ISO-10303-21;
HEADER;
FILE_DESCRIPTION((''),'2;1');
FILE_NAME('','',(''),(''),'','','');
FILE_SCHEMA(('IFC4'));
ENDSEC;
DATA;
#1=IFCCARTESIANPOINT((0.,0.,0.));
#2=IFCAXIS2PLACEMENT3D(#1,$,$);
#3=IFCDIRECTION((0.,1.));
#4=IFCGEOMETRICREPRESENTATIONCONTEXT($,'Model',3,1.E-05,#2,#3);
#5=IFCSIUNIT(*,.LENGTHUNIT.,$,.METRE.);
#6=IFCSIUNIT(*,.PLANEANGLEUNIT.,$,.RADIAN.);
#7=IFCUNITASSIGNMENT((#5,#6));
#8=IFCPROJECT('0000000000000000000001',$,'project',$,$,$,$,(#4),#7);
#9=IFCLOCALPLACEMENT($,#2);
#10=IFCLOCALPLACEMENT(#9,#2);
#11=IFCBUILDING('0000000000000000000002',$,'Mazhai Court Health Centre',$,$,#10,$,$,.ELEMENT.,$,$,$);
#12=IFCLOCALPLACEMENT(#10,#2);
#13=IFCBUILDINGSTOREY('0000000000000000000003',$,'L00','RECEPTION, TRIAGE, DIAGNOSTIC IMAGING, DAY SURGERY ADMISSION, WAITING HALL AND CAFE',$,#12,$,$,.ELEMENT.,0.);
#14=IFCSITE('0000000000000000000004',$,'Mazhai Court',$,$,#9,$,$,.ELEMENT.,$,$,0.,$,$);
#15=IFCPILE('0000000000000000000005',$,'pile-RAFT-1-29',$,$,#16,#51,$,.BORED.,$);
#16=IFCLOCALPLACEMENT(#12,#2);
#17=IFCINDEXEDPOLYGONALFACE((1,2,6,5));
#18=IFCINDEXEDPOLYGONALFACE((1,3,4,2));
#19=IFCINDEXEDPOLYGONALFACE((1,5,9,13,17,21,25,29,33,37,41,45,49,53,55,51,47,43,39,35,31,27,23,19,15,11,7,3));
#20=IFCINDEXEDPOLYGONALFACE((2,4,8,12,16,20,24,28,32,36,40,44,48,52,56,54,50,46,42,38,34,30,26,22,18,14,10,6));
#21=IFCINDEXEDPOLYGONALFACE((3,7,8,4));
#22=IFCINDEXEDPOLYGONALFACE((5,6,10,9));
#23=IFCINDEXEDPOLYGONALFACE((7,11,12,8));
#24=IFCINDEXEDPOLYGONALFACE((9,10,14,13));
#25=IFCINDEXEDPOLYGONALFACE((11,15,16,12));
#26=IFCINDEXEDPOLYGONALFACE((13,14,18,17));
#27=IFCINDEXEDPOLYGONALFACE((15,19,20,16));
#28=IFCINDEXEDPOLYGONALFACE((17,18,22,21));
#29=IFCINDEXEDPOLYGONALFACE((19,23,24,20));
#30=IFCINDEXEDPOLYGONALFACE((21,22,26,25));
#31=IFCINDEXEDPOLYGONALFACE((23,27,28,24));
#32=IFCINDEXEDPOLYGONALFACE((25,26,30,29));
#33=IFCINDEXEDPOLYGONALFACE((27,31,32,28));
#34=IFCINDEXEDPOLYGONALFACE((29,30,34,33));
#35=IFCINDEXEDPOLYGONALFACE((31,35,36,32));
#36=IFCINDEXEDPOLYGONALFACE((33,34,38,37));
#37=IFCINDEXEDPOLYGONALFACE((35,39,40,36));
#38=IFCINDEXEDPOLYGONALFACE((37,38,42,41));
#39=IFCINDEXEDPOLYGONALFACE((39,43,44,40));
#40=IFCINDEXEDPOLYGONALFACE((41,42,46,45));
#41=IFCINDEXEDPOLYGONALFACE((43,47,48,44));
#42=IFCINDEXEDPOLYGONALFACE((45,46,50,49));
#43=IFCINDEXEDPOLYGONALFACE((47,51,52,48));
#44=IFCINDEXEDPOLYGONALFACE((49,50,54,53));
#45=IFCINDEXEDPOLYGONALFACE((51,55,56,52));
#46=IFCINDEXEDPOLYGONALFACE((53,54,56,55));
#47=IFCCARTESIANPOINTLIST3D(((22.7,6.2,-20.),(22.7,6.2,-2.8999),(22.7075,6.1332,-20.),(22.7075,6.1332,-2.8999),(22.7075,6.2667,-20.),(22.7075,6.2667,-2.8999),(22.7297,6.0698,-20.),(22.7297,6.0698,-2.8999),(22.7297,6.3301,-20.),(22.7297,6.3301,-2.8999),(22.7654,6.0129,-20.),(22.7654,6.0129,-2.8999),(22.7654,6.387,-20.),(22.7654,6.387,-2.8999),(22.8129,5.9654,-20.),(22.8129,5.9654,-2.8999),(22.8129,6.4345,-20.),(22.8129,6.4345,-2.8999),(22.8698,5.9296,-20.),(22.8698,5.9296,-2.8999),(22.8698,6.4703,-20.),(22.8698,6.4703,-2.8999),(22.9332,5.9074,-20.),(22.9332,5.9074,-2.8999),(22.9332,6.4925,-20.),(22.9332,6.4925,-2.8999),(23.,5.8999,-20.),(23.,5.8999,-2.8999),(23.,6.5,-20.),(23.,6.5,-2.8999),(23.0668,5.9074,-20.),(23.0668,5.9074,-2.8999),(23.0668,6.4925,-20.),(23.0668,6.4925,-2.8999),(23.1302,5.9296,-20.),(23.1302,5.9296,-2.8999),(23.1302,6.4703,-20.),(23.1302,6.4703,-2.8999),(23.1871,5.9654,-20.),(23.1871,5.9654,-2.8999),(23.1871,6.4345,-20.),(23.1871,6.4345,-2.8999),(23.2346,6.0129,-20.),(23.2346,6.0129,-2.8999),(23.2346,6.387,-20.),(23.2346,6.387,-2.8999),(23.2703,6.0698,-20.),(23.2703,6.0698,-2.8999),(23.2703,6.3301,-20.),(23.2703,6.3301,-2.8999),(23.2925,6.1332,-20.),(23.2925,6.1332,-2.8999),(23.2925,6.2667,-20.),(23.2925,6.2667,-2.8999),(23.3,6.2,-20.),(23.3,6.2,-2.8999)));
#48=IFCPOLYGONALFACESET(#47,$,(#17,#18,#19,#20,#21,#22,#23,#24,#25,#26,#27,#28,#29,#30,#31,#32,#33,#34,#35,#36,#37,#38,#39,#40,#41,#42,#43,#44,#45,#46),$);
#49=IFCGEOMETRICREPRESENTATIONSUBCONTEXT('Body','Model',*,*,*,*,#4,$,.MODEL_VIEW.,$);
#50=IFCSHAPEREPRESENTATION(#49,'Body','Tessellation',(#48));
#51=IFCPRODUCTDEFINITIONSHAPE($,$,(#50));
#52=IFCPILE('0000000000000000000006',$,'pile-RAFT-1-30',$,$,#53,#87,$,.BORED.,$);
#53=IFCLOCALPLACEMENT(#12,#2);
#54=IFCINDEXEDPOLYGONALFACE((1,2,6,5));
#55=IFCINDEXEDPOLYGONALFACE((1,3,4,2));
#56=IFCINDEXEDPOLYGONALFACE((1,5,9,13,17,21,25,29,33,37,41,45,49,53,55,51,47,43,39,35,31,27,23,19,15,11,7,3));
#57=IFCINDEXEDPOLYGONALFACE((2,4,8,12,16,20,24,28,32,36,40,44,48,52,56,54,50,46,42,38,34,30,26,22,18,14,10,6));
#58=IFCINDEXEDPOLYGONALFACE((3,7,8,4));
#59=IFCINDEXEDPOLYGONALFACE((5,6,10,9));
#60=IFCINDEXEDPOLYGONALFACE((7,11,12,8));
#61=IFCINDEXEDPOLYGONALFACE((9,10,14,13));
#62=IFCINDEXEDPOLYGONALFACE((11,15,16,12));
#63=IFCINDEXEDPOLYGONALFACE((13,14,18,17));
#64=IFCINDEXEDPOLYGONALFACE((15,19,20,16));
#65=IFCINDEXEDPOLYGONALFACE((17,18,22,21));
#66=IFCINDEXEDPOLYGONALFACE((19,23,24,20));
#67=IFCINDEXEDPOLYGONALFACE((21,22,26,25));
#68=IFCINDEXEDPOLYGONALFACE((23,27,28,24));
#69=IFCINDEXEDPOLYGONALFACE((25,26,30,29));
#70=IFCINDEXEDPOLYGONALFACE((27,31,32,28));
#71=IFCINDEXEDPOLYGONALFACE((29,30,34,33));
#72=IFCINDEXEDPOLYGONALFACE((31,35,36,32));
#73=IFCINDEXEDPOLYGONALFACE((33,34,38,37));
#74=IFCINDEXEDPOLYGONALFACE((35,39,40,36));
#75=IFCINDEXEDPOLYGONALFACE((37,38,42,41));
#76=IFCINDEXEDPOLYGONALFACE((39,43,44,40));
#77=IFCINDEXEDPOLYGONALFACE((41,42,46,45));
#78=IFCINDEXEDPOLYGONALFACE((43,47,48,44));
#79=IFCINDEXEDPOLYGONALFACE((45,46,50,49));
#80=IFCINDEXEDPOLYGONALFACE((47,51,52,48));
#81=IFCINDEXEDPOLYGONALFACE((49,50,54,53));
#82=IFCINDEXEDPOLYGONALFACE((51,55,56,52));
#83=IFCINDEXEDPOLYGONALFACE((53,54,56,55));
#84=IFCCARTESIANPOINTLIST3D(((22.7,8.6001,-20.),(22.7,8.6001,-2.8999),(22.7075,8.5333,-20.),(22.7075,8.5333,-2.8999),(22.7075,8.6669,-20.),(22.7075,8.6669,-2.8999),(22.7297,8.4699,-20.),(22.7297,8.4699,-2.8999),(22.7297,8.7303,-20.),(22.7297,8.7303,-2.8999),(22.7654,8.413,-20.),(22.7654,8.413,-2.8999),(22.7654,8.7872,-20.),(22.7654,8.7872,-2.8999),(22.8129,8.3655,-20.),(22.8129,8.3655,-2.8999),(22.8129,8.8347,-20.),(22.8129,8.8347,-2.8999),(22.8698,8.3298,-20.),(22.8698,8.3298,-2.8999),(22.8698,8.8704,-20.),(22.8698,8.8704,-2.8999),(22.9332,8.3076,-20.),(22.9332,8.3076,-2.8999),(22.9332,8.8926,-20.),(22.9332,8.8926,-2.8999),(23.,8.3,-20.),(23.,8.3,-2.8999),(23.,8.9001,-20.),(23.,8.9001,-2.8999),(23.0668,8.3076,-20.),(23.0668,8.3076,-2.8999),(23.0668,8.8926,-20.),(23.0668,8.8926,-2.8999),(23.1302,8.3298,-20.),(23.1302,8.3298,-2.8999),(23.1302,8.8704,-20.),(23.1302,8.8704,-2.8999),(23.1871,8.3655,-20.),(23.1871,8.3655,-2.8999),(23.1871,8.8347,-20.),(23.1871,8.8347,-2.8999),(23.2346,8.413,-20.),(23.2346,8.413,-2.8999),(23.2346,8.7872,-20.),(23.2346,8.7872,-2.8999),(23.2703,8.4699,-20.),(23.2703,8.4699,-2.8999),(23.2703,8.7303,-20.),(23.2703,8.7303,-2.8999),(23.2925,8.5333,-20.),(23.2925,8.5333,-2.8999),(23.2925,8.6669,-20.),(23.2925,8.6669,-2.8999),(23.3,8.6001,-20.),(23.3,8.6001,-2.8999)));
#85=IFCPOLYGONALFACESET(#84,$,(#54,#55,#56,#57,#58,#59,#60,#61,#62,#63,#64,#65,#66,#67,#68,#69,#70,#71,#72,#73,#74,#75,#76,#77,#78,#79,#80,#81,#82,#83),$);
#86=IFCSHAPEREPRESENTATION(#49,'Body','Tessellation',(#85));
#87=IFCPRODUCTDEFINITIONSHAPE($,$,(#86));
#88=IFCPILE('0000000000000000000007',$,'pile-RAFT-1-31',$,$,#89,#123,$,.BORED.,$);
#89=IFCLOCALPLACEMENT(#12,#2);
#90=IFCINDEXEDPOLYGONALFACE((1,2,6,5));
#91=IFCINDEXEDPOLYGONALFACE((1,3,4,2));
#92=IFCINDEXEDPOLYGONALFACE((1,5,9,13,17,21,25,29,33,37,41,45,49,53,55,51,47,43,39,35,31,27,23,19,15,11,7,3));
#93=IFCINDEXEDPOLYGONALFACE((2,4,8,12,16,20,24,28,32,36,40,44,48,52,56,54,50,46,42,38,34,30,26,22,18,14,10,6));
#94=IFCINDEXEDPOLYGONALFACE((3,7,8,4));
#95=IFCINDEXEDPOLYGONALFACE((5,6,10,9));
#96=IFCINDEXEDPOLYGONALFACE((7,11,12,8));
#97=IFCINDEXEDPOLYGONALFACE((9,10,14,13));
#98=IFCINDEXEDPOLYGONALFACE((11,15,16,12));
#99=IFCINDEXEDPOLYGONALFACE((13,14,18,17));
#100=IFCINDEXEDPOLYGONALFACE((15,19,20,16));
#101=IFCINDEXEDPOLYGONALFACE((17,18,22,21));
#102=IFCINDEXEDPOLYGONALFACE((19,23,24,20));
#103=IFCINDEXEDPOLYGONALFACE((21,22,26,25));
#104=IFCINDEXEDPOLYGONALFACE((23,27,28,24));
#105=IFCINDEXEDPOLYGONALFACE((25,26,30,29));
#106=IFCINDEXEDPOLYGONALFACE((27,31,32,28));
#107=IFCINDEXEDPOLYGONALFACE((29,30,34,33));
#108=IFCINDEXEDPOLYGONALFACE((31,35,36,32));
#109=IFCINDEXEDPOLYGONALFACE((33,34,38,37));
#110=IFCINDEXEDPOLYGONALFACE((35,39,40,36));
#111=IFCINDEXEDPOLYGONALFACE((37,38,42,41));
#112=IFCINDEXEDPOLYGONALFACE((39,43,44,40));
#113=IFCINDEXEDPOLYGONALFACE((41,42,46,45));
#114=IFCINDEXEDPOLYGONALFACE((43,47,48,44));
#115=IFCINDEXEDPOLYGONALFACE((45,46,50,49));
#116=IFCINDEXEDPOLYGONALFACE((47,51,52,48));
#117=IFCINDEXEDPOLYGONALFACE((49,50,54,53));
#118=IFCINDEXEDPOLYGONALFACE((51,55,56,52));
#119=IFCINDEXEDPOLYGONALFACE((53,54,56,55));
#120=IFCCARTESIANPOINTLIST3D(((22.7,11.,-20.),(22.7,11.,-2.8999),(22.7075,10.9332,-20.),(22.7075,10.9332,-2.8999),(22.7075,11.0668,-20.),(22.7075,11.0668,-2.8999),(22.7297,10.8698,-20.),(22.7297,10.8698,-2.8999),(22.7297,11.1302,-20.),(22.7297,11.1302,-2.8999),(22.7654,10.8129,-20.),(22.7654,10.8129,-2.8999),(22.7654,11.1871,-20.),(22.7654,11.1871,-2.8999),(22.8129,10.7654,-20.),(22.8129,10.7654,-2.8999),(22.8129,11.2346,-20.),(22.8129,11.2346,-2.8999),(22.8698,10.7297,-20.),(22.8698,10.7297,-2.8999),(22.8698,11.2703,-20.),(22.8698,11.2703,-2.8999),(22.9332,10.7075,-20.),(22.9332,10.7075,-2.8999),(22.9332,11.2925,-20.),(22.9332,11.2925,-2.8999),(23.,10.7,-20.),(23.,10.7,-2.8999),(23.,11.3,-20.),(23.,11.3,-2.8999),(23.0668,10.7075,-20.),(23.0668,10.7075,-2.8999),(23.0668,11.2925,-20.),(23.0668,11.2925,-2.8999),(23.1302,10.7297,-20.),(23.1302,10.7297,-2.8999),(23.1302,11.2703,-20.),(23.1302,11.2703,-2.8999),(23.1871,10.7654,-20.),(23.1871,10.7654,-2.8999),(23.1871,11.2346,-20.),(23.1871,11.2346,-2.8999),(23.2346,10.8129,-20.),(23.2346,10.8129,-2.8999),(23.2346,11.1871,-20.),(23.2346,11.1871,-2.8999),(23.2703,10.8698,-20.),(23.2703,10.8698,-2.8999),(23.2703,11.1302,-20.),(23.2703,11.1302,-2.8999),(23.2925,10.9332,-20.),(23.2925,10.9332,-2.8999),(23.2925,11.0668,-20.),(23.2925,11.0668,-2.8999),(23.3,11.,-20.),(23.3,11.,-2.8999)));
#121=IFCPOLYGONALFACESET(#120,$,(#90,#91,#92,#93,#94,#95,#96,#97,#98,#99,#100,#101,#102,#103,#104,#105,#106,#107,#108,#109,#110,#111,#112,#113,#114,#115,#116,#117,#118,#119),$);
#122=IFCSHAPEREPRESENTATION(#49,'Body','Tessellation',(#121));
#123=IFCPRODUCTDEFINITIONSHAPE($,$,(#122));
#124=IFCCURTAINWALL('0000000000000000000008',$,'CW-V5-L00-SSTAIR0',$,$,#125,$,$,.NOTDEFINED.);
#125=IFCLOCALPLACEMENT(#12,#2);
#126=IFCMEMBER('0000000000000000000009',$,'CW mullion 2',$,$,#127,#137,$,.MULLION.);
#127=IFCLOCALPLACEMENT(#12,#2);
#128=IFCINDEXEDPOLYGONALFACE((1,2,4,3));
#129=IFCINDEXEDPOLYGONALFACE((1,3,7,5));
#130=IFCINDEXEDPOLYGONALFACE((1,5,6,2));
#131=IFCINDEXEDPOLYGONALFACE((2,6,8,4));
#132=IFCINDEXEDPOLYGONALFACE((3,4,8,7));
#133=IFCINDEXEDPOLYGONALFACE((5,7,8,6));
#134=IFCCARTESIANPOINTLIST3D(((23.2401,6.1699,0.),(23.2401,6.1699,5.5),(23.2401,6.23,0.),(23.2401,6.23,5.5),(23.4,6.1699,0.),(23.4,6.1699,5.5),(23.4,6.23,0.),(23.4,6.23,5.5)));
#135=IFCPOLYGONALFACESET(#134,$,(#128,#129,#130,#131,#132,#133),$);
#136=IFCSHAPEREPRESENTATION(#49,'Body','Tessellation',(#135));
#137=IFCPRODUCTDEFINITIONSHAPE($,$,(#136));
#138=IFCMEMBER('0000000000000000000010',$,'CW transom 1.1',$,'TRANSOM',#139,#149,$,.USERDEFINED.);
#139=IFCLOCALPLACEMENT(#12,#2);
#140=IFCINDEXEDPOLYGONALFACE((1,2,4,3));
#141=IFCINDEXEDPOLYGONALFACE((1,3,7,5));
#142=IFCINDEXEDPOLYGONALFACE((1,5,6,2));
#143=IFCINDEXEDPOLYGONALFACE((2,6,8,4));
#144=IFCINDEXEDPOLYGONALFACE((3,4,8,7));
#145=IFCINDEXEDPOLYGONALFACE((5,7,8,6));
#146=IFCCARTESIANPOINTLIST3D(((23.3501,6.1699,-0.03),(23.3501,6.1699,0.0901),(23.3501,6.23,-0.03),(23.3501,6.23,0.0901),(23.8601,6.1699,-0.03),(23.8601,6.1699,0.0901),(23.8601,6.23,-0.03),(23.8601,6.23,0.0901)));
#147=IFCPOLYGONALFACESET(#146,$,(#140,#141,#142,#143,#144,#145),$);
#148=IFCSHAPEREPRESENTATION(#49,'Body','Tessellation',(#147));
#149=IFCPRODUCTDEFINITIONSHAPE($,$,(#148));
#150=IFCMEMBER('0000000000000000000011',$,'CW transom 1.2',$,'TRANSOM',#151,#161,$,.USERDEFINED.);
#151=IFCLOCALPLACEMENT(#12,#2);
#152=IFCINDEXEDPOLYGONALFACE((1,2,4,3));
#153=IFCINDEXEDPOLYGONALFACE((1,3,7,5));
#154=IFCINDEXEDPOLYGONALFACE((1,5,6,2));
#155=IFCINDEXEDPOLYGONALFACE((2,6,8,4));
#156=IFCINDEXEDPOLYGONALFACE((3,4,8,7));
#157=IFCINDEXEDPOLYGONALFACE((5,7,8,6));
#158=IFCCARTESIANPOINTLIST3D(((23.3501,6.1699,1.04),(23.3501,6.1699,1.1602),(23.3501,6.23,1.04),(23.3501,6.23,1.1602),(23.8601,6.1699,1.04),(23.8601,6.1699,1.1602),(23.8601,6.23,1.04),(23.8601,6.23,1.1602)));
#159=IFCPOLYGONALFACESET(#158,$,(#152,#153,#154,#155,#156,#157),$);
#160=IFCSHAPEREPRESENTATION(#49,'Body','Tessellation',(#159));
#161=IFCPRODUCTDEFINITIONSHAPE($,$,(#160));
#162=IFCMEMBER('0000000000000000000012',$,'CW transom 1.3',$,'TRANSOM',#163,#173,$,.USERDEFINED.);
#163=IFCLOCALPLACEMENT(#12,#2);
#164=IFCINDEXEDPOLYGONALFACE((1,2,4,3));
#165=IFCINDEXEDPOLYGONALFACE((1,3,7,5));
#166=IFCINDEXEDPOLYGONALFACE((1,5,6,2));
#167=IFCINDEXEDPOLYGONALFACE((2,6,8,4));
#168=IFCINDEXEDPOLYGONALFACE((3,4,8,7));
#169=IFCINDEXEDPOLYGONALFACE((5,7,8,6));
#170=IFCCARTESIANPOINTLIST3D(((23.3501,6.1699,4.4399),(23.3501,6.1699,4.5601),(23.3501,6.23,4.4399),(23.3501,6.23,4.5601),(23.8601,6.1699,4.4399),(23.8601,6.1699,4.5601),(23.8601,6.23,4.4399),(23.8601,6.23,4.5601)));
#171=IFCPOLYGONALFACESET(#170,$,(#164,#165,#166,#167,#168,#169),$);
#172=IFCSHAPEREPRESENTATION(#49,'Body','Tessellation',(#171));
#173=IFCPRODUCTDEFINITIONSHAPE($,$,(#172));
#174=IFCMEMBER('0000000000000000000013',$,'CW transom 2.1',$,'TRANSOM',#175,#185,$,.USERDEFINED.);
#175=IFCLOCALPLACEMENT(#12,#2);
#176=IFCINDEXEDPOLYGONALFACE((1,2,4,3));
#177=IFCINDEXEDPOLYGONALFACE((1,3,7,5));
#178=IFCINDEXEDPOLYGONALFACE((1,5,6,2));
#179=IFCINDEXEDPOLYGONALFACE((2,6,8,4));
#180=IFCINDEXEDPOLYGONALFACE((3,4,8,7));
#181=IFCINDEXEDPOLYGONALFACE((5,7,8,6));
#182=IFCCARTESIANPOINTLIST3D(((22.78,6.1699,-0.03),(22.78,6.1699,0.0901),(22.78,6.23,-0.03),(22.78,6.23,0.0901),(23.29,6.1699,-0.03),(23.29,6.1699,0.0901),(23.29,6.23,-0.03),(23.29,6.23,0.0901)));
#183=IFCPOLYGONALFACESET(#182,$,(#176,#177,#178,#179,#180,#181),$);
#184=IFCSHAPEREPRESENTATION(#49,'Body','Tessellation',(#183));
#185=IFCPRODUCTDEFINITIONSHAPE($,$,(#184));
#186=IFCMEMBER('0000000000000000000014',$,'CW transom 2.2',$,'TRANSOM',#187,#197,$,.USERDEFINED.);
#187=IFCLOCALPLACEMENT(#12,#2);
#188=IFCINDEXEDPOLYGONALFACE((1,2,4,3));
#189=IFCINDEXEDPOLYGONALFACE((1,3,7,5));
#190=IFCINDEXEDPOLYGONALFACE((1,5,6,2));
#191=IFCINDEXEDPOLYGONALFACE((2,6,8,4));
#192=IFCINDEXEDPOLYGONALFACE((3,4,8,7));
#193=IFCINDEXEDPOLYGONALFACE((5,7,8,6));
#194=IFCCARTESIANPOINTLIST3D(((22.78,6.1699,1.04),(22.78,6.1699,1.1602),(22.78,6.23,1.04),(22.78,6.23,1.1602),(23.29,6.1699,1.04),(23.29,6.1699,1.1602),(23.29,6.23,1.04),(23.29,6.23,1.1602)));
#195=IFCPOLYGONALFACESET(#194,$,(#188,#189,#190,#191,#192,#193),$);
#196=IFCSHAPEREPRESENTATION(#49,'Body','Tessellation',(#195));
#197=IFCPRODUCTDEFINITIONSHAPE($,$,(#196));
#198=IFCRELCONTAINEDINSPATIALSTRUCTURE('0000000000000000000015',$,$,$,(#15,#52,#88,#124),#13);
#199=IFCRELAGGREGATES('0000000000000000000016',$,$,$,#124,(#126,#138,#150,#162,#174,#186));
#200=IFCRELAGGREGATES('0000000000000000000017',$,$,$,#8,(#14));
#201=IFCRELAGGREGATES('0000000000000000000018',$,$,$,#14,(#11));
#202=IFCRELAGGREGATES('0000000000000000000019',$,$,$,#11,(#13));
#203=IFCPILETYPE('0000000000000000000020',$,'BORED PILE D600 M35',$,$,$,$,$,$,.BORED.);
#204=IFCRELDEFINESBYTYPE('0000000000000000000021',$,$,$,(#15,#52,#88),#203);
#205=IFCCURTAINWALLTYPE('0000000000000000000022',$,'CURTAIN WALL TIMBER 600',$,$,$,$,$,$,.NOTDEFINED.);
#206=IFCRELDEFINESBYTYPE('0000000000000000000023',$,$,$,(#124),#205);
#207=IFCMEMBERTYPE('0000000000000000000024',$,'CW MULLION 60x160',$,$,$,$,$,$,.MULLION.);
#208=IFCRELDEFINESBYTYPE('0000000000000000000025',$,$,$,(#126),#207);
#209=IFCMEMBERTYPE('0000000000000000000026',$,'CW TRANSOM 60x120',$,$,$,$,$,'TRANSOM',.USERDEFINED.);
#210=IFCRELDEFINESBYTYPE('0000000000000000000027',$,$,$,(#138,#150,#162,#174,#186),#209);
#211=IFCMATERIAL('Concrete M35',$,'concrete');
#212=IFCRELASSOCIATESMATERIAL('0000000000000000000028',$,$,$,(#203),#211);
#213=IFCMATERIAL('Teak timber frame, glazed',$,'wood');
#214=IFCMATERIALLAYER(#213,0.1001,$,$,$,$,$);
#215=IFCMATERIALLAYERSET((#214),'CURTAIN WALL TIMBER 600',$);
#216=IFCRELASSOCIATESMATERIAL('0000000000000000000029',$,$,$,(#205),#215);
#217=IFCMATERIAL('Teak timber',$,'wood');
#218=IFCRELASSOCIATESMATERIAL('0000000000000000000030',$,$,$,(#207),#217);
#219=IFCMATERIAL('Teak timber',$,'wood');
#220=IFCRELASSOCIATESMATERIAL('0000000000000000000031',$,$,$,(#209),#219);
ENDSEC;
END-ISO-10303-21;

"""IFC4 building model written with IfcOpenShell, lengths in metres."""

from ifc_helpers import new_model, si_unit, direction, frame, origin, origin_2d, place, context, subcontext, project, spatial, rectangle, circle, extrude, material, layer, layer_set, material_profile, profile_set, type_object, element, aggregate, save


model = new_model("IFC4")

# Units and contexts
model_context = context("Model", 3, precision=1e-05, world=origin(), true_north=direction((0.0, 1.0)))
body_context = subcontext(model_context, "Body", "Model", "MODEL_VIEW")
ifc_project = project(units=[si_unit("LENGTHUNIT", "METRE"), si_unit("PLANEANGLEUNIT", "RADIAN")], contexts=[model_context])

# Site, building, storey
site_placement = place(None, origin())
site = spatial("IfcSite", under=ifc_project, at=site_placement, Name="Mazhai Court", CompositionType="ELEMENT", RefElevation=0.0)
building_placement = place(site_placement, origin())
building = spatial("IfcBuilding", under=site, at=building_placement, Name="Mazhai Court Health Centre", CompositionType="ELEMENT")
storey_placement = place(building_placement, origin())
storey = spatial("IfcBuildingStorey", under=building, at=storey_placement, Name="L00", Description="RECEPTION, TRIAGE, DIAGNOSTIC IMAGING, DAY SURGERY ADMISSION, WAITING HALL AND CAFE", CompositionType="ELEMENT", Elevation=0.0)

# Piles
ifc_material_1 = material(Name="Concrete M35", Category="concrete")
ifc_material_profile_1 = material_profile(ifc_material_1, circle(Radius=0.3, at=origin_2d()), Name="RC PILE D600")
ifc_profile_set_1 = profile_set([ifc_material_profile_1], Name="Concrete M35")
pile_type = type_object("IfcPileType", Name="BORED PILE D600 M35", PredefinedType="BORED", material=ifc_profile_set_1)
for number, where, z_axis, x_axis, name in (
    (1, (23.0, 6.2, -2.8999), (0.0, 0.0, -1.0), (1.0, 0.0, 0.0), "pile-RAFT-1-29"),
    (2, (23.0, 8.6001, -2.8999), (0.0, 0.0, -1.0), (1.0, 0.0, 0.0), "pile-RAFT-1-30"),
    (3, (23.0, 11.0, -2.8999), (0.0, 0.0, -1.0), (1.0, 0.0, 0.0), "pile-RAFT-1-31"),
):
    element("IfcPile", number, at=place(storey_placement, frame(where, z_axis=z_axis, x_axis=x_axis)), inside=storey, type_object=pile_type, Name=name, PredefinedType="BORED", context=body_context, shape_type="SweptSolid", body=[
        extrude(circle(Radius=0.3, at=origin_2d()), origin(), (0.0, 0.0, 1.0), 17.1001),
    ])

# Curtain wall, members
ifc_material_2 = material(Name="Teak timber frame, glazed", Category="wood")
ifc_layer_1 = layer(ifc_material_2, 0.1001)
ifc_layer_set_1 = layer_set([ifc_layer_1], Name="CURTAIN WALL TIMBER 600")
curtain_wall_type = type_object("IfcCurtainWallType", Name="CURTAIN WALL TIMBER 600", PredefinedType="NOTDEFINED", material=ifc_layer_set_1)
curtain_wall_placement = place(storey_placement, origin())
curtain_wall = element("IfcCurtainWall", 4, at=curtain_wall_placement, inside=storey, type_object=curtain_wall_type, Name="CW-V5-L00-SSTAIR0", PredefinedType="NOTDEFINED")
ifc_material_3 = material(Name="Teak timber", Category="wood")
ifc_material_profile_2 = material_profile(ifc_material_3, rectangle(XDim=0.0601, YDim=0.1599, at=origin_2d()), Name="CW MULLION 60x160")
ifc_profile_set_2 = profile_set([ifc_material_profile_2], Name="Teak timber")
member_type_1 = type_object("IfcMemberType", Name="CW MULLION 60x160", PredefinedType="MULLION", material=ifc_profile_set_2)
member_1_placement = place(storey_placement, frame((23.3201, 6.2, 0.0), z_axis=(0.0, 0.0, 1.0), x_axis=(0.0, -1.0, 0.0)))
member_1 = element("IfcMember", 5, at=member_1_placement, type_object=member_type_1, Name="CW mullion 2", PredefinedType="MULLION", context=body_context, shape_type="SweptSolid", body=[
    extrude(rectangle(XDim=0.0601, YDim=0.1599, at=origin_2d()), origin(), (0.0, 0.0, 1.0), 5.5),
])
ifc_material_4 = material(Name="Teak timber", Category="wood")
ifc_material_profile_3 = material_profile(ifc_material_4, rectangle(XDim=0.0601, YDim=0.1201, at=origin_2d()), Name="CW TRANSOM 60x120")
ifc_profile_set_3 = profile_set([ifc_material_profile_3], Name="Teak timber")
member_type_2 = type_object("IfcMemberType", Name="CW TRANSOM 60x120", ElementType="TRANSOM", PredefinedType="USERDEFINED", material=ifc_profile_set_3)
member_2_placement = place(storey_placement, frame((23.8601, 6.2, 0.03), z_axis=(-1.0, 0.0, 0.0), x_axis=(0.0, -1.0, 0.0)))
member_2 = element("IfcMember", 6, at=member_2_placement, type_object=member_type_2, Name="CW transom 1.1", ObjectType="TRANSOM", PredefinedType="USERDEFINED", context=body_context, shape_type="SweptSolid", body=[
    extrude(rectangle(XDim=0.0601, YDim=0.1201, at=origin_2d()), origin(), (0.0, 0.0, 1.0), 0.51),
])
member_3_placement = place(storey_placement, frame((23.8601, 6.2, 1.1001), z_axis=(-1.0, 0.0, 0.0), x_axis=(0.0, -1.0, 0.0)))
member_3 = element("IfcMember", 7, at=member_3_placement, type_object=member_type_2, Name="CW transom 1.2", ObjectType="TRANSOM", PredefinedType="USERDEFINED", context=body_context, shape_type="SweptSolid", body=[
    extrude(rectangle(XDim=0.0601, YDim=0.1201, at=origin_2d()), origin(), (0.0, 0.0, 1.0), 0.51),
])
member_4_placement = place(storey_placement, frame((23.8601, 6.2, 4.5), z_axis=(-1.0, 0.0, 0.0), x_axis=(0.0, -1.0, 0.0)))
member_4 = element("IfcMember", 8, at=member_4_placement, type_object=member_type_2, Name="CW transom 1.3", ObjectType="TRANSOM", PredefinedType="USERDEFINED", context=body_context, shape_type="SweptSolid", body=[
    extrude(rectangle(XDim=0.0601, YDim=0.1201, at=origin_2d()), origin(), (0.0, 0.0, 1.0), 0.51),
])
member_5_placement = place(storey_placement, frame((23.29, 6.2, 0.03), z_axis=(-1.0, 0.0, 0.0), x_axis=(0.0, -1.0, 0.0)))
member_5 = element("IfcMember", 9, at=member_5_placement, type_object=member_type_2, Name="CW transom 2.1", ObjectType="TRANSOM", PredefinedType="USERDEFINED", context=body_context, shape_type="SweptSolid", body=[
    extrude(rectangle(XDim=0.0601, YDim=0.1201, at=origin_2d()), origin(), (0.0, 0.0, 1.0), 0.51),
])
member_6_placement = place(storey_placement, frame((23.29, 6.2, 1.1001), z_axis=(-1.0, 0.0, 0.0), x_axis=(0.0, -1.0, 0.0)))
member_6 = element("IfcMember", 10, at=member_6_placement, type_object=member_type_2, Name="CW transom 2.2", ObjectType="TRANSOM", PredefinedType="USERDEFINED", context=body_context, shape_type="SweptSolid", body=[
    extrude(rectangle(XDim=0.0601, YDim=0.1201, at=origin_2d()), origin(), (0.0, 0.0, 1.0), 0.51),
])
aggregate(curtain_wall, [member_1, member_2, member_3, member_4, member_5, member_6])

save(model, "model.ifc")
